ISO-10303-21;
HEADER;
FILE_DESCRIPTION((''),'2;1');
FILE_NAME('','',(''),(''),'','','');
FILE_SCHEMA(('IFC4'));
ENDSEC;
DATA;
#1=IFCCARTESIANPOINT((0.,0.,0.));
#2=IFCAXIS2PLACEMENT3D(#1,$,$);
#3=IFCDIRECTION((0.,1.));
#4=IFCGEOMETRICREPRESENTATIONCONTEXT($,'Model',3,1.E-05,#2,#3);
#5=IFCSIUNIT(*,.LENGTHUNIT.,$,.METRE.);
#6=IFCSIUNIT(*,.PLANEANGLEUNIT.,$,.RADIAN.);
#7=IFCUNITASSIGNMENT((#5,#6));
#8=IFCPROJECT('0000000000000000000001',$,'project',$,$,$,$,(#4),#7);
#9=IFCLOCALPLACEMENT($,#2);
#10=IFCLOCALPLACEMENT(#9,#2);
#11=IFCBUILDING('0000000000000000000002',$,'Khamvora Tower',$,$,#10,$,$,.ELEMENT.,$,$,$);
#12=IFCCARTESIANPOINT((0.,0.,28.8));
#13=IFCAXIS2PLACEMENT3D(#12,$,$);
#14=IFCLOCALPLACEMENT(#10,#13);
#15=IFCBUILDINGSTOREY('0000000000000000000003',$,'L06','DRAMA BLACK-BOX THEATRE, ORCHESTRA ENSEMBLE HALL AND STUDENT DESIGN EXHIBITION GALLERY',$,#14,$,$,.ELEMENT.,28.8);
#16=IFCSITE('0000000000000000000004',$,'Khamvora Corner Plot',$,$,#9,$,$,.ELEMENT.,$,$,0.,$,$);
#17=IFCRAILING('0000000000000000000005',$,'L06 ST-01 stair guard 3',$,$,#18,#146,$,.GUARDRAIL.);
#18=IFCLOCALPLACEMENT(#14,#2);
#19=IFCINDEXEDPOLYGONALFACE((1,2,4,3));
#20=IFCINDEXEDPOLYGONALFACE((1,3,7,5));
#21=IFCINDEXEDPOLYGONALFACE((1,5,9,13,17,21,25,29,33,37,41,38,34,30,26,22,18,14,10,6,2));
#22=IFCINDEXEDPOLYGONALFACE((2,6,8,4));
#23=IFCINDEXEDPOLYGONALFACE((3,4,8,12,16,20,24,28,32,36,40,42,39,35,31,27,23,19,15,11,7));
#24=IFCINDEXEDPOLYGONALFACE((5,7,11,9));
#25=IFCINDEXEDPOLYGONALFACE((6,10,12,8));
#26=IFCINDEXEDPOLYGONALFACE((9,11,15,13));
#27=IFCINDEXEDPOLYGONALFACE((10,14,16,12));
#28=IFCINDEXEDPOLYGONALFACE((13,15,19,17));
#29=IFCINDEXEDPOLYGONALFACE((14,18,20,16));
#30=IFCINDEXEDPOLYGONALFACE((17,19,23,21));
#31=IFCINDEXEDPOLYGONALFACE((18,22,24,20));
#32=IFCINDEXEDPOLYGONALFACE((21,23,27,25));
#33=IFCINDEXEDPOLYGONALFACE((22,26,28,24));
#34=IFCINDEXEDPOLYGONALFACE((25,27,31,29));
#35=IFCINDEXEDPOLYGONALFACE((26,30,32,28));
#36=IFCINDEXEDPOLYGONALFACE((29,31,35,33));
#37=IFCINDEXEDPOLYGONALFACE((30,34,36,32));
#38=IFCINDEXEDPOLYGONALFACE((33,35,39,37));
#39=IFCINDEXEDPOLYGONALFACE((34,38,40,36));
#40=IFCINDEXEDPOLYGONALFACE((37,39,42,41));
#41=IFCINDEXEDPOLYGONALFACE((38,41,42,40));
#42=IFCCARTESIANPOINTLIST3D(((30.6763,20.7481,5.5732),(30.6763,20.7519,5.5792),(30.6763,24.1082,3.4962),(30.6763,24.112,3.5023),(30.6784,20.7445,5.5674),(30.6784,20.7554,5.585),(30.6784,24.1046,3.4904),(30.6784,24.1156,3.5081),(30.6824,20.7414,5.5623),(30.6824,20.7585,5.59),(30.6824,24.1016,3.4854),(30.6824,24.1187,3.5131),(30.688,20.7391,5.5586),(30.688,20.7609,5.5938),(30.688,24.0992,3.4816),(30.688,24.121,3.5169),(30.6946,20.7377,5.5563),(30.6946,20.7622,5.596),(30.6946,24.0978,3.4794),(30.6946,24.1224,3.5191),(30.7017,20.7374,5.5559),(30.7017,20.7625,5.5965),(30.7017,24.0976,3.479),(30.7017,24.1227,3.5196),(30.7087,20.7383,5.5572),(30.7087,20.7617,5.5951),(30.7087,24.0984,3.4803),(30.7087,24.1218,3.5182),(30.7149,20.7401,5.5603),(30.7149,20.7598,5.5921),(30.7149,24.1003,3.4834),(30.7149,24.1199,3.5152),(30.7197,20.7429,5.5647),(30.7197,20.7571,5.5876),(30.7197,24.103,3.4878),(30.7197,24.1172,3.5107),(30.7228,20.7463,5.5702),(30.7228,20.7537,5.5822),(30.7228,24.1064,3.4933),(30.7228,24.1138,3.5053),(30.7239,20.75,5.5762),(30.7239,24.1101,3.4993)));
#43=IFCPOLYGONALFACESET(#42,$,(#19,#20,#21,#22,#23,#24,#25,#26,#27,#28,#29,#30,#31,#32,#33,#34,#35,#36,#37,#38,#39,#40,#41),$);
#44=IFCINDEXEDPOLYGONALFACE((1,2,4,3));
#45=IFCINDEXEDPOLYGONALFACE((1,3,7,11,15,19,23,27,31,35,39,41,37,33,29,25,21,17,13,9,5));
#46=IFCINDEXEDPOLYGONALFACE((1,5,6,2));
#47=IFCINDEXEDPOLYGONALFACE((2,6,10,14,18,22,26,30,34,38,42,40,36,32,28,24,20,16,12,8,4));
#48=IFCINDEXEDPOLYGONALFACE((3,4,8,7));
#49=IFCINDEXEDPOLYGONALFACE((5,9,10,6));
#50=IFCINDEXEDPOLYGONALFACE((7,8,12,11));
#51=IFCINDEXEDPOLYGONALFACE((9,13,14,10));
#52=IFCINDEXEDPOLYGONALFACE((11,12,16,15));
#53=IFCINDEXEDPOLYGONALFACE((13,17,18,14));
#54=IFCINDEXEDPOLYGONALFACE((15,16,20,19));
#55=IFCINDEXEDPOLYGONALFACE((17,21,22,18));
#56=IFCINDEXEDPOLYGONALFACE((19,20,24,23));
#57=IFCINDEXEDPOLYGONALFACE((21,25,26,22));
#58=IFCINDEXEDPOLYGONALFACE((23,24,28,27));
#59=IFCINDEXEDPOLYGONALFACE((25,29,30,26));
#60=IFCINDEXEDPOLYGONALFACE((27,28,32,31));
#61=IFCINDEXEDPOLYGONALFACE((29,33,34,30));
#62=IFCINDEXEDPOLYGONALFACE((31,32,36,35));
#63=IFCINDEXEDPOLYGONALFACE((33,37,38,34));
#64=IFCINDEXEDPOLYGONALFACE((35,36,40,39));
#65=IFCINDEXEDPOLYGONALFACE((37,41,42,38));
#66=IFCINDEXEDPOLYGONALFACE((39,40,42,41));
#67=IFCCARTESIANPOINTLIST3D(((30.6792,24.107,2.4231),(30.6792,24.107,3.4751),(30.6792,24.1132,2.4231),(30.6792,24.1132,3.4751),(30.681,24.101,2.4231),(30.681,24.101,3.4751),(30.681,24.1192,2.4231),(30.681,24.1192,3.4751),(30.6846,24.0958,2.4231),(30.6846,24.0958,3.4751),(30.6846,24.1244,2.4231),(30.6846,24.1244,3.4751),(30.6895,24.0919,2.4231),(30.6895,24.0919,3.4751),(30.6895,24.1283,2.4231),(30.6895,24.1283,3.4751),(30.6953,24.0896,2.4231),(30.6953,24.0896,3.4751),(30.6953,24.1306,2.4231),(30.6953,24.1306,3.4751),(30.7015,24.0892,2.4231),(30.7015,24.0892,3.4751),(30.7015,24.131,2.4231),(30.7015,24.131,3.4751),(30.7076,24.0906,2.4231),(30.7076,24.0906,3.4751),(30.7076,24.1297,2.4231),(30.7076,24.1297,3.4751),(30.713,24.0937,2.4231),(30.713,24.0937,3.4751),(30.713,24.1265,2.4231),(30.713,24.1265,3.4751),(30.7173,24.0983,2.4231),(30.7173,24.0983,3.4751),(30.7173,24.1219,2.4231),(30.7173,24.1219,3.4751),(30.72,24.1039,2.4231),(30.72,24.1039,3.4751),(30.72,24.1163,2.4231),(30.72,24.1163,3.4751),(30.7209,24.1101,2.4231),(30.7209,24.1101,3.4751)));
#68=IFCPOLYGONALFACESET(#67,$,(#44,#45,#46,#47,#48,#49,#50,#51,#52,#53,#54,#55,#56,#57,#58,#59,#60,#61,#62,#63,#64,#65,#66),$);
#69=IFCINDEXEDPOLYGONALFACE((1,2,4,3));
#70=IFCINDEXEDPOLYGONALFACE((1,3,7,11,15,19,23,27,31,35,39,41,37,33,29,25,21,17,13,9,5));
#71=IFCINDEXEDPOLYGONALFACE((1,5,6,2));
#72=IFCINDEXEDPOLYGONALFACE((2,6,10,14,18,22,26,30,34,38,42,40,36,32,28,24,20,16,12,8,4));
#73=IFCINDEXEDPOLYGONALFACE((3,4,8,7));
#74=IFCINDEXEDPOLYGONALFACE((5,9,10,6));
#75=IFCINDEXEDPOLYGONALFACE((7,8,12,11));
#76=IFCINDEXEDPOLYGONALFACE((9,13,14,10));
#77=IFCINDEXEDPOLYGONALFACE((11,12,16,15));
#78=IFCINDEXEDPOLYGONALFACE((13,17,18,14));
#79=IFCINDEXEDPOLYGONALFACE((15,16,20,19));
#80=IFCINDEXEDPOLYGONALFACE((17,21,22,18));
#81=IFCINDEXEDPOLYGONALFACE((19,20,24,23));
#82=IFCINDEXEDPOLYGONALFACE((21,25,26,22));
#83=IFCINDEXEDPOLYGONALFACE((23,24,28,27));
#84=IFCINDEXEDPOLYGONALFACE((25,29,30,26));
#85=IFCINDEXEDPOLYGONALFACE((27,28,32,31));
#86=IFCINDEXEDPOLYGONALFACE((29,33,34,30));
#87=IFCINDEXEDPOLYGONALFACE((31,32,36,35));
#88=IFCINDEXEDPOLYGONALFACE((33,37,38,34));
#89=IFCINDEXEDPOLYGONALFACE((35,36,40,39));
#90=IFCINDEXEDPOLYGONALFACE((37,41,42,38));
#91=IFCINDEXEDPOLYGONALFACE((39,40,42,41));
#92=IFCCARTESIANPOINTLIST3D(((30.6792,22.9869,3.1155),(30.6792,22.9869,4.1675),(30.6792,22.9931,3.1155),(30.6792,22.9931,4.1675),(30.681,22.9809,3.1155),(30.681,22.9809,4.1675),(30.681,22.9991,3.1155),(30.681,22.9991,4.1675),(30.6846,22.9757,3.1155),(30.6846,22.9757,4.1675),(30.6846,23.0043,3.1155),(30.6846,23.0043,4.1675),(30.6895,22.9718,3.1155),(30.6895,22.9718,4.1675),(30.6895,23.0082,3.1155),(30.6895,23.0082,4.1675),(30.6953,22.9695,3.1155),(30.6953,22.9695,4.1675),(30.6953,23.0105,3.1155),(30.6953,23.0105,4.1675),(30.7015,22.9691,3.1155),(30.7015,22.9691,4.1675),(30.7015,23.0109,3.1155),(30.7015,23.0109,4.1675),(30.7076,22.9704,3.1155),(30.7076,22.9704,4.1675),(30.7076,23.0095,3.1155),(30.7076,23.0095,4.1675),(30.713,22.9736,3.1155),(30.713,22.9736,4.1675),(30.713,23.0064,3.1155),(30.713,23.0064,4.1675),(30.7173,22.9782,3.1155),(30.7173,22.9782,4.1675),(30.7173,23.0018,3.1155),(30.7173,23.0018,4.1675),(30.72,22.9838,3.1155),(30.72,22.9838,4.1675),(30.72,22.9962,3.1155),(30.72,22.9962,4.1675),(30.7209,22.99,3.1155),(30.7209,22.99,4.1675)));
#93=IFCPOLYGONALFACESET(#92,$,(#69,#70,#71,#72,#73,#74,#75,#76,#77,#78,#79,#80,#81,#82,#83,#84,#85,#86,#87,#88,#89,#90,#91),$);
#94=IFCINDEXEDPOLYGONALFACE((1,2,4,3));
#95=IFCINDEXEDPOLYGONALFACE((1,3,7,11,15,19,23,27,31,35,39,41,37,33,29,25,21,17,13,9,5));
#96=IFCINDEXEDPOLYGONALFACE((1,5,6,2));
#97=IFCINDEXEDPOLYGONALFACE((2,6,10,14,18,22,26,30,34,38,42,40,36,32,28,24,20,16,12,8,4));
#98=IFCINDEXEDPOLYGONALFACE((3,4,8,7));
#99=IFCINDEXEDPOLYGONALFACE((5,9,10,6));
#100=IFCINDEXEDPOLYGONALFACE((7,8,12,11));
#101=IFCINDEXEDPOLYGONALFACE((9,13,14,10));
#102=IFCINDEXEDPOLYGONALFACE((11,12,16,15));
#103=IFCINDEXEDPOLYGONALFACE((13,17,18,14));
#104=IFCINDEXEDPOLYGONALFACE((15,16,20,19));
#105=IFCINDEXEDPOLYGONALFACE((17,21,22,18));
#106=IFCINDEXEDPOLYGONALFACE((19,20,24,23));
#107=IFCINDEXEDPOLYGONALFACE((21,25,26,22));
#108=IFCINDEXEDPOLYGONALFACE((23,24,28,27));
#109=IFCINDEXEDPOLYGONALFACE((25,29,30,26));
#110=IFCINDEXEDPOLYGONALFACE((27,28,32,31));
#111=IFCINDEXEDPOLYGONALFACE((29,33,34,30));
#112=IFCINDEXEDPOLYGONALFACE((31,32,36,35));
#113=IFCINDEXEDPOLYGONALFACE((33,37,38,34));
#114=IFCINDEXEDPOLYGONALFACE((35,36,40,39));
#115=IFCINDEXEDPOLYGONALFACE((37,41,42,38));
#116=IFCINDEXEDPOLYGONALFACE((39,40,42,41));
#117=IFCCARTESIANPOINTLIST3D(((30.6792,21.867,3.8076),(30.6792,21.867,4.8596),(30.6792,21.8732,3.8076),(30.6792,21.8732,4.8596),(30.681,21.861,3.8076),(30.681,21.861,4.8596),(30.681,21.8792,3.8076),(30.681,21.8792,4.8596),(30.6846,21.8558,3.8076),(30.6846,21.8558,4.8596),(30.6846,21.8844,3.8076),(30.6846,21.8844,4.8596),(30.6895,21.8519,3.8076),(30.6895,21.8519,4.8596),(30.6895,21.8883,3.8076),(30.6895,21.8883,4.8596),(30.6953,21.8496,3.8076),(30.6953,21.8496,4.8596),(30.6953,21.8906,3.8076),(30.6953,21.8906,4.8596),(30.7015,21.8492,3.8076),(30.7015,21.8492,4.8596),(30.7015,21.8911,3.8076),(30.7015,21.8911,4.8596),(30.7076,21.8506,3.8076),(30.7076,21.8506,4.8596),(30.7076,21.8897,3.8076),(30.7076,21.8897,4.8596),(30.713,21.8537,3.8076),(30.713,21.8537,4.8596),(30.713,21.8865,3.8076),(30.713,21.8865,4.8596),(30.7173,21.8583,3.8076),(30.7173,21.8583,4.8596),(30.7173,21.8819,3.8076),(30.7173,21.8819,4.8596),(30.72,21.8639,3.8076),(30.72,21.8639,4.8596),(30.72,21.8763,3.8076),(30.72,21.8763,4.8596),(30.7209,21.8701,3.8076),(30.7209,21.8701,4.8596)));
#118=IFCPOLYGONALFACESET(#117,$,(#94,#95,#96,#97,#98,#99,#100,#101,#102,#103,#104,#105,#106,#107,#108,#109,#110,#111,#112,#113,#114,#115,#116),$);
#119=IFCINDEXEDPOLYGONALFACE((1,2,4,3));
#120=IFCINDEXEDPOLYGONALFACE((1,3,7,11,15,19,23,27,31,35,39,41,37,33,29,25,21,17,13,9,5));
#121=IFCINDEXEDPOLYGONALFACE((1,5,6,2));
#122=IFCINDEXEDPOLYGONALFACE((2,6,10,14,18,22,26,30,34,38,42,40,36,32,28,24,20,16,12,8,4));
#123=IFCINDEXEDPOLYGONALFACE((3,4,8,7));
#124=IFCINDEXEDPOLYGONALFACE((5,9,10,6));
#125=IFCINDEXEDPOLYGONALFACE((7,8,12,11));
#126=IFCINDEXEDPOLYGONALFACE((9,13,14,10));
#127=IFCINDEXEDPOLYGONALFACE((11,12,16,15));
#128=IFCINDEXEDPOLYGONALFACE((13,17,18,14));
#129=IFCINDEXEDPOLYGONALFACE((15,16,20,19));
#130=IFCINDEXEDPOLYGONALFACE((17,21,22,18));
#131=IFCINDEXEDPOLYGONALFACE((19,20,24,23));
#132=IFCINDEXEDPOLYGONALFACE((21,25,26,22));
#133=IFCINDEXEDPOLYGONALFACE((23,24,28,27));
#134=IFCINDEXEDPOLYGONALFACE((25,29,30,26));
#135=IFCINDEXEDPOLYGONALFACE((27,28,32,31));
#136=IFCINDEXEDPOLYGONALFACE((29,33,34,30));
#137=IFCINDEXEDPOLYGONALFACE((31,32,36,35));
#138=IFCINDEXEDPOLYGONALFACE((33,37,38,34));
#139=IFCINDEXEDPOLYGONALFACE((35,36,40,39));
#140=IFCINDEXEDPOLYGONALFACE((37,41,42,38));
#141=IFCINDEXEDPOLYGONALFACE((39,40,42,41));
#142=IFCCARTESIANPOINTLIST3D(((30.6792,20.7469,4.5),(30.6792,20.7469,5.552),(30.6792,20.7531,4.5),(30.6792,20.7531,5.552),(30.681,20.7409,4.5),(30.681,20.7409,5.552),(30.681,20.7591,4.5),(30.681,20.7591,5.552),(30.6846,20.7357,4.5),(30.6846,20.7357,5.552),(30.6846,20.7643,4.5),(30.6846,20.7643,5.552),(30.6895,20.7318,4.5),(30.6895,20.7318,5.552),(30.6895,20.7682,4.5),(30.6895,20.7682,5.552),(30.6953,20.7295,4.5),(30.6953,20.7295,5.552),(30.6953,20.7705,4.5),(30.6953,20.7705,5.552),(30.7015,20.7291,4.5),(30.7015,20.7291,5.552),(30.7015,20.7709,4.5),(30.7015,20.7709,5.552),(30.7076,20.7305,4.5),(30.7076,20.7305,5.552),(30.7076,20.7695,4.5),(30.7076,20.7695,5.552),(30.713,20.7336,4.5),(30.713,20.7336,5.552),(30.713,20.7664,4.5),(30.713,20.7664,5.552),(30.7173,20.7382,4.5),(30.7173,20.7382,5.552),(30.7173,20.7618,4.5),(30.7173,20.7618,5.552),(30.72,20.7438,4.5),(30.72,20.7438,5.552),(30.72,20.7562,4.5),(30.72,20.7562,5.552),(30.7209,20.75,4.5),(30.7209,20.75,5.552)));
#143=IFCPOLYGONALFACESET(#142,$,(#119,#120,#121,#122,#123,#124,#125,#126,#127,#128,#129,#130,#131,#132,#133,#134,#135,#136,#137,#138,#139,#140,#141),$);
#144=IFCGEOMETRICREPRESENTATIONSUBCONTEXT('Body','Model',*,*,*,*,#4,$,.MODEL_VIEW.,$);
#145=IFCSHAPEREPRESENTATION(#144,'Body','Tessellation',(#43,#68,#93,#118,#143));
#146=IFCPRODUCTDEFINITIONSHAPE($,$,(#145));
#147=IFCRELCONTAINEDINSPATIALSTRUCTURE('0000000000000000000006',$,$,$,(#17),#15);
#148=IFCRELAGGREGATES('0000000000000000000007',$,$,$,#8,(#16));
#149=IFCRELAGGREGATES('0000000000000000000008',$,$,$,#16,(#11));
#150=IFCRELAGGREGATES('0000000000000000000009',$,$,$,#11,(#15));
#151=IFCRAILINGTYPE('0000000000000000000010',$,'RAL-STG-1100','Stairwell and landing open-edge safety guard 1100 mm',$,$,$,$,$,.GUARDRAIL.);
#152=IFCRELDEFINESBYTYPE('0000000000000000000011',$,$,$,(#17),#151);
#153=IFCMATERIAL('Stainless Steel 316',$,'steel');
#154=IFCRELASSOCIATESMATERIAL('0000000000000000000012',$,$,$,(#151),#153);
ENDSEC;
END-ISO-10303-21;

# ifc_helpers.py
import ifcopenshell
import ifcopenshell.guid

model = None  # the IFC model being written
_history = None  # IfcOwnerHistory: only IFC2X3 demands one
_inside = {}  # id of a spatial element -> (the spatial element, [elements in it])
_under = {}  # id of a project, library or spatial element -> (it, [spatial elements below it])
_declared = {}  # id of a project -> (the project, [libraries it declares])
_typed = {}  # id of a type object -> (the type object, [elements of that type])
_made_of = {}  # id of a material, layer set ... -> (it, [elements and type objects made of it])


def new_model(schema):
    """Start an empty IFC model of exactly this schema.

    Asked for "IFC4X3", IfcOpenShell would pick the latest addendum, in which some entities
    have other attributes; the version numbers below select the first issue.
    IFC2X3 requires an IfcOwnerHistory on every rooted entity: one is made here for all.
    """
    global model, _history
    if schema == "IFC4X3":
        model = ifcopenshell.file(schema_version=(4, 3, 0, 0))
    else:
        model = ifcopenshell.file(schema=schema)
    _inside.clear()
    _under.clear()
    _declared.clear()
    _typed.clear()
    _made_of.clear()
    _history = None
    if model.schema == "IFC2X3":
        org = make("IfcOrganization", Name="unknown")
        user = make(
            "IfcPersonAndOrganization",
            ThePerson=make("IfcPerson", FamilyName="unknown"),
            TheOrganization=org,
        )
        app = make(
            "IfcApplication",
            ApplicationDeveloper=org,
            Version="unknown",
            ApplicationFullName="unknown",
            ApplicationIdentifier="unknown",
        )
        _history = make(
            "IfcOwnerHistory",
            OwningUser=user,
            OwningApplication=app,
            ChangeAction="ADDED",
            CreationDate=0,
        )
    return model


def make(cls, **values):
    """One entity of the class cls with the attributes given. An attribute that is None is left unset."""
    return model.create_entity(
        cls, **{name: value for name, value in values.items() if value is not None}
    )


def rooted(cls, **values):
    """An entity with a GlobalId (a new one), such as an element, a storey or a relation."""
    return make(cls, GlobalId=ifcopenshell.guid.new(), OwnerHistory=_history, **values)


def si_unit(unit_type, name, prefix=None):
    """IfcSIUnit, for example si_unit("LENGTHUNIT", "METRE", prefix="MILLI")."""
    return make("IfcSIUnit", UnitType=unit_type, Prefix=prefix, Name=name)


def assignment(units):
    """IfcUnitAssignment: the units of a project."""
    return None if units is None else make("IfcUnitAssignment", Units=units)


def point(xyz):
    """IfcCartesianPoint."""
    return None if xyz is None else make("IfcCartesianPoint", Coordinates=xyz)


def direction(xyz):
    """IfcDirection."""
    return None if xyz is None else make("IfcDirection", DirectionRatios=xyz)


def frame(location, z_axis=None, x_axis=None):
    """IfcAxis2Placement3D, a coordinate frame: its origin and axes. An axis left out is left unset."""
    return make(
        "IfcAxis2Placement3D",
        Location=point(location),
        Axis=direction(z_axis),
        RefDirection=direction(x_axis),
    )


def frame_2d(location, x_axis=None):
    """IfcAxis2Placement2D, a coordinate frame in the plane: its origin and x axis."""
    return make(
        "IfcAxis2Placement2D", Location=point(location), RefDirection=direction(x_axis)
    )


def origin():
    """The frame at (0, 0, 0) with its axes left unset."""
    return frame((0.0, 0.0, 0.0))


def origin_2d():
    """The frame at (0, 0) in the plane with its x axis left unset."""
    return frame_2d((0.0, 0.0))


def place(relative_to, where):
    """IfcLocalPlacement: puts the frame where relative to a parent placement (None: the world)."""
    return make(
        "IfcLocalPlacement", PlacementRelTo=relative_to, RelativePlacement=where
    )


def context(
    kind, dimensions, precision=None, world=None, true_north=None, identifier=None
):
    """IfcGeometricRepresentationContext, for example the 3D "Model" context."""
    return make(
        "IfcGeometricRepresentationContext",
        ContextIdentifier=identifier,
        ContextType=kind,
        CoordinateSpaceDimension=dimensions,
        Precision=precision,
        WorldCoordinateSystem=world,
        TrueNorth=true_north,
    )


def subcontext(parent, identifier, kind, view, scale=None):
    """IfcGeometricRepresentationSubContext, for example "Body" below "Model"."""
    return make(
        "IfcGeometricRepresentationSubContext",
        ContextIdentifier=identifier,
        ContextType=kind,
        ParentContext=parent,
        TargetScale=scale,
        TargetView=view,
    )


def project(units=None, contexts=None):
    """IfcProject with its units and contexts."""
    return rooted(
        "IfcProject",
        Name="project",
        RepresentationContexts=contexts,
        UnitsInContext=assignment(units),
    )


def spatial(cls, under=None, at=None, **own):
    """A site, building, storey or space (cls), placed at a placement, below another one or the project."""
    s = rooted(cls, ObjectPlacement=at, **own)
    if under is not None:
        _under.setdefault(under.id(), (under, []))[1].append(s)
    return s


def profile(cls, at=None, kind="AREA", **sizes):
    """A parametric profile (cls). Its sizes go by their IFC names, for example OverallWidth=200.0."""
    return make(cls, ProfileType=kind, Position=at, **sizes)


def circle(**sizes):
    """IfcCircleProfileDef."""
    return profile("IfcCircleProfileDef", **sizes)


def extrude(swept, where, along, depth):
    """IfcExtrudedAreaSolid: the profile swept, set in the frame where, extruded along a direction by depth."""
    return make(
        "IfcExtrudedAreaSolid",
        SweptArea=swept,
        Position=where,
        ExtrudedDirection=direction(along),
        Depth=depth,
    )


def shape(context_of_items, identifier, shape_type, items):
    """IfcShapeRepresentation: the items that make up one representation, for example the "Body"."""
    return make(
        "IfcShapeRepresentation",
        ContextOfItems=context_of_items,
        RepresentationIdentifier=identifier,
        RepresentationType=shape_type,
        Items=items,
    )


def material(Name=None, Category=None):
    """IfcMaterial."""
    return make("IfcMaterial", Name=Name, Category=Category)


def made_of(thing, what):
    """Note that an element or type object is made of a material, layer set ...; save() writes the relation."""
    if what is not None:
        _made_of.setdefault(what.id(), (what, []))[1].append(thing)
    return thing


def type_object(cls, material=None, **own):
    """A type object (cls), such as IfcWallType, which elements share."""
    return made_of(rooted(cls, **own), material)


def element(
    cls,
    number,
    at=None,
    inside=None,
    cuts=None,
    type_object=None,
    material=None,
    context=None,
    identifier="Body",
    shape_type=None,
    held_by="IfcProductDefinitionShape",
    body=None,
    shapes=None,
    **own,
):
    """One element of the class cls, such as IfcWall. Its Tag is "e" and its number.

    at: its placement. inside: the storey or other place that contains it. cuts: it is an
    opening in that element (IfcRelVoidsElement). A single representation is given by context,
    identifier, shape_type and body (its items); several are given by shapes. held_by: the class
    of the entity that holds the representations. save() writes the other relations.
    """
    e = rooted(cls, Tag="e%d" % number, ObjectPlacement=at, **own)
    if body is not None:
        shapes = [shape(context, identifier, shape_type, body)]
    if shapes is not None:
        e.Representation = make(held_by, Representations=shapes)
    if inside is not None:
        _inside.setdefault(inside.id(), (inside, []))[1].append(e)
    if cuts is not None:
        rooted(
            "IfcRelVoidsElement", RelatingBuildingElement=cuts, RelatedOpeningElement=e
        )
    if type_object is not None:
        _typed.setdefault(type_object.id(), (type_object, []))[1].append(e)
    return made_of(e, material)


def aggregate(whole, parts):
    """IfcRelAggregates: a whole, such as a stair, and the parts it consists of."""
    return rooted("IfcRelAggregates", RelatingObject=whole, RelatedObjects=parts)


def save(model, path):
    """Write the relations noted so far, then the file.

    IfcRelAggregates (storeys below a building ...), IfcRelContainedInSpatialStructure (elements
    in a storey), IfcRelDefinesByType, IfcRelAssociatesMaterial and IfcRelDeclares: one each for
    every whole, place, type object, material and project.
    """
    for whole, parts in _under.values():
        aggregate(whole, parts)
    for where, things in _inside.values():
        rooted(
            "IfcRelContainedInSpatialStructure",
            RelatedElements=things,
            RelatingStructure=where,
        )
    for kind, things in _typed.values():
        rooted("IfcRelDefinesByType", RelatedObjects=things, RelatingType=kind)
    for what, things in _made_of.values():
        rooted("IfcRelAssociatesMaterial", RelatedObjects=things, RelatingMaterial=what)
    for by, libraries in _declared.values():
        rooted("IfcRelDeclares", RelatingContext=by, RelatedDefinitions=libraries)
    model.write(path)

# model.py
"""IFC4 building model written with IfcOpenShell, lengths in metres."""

from ifc_helpers import new_model, si_unit, direction, frame, origin, origin_2d, place, context, subcontext, project, spatial, circle, extrude, material, type_object, element, save


model = new_model("IFC4")

# Units and contexts
model_context = context("Model", 3, precision=1e-05, world=origin(), true_north=direction((0.0, 1.0)))
body_context = subcontext(model_context, "Body", "Model", "MODEL_VIEW")
ifc_project = project(units=[si_unit("LENGTHUNIT", "METRE"), si_unit("PLANEANGLEUNIT", "RADIAN")], contexts=[model_context])

# Site, building, storey
site_placement = place(None, origin())
site = spatial("IfcSite", under=ifc_project, at=site_placement, Name="Khamvora Corner Plot", CompositionType="ELEMENT", RefElevation=0.0)
building_placement = place(site_placement, origin())
building = spatial("IfcBuilding", under=site, at=building_placement, Name="Khamvora Tower", CompositionType="ELEMENT")
storey_placement = place(building_placement, frame((0.0, 0.0, 28.8)))
storey = spatial("IfcBuildingStorey", under=building, at=storey_placement, Name="L06", Description="DRAMA BLACK-BOX THEATRE, ORCHESTRA ENSEMBLE HALL AND STUDENT DESIGN EXHIBITION GALLERY", CompositionType="ELEMENT", Elevation=28.8)

# Railing
ifc_material_1 = material(Name="Stainless Steel 316", Category="steel")
railing_type_1 = type_object("IfcRailingType", Name="RAL-STG-1100", Description="Stairwell and landing open-edge safety guard 1100 mm", PredefinedType="GUARDRAIL", material=ifc_material_1)
railing_1_placement = place(storey_placement, frame((30.7, 24.1101, 2.4231)))
element("IfcRailing", 1, at=railing_1_placement, inside=storey, type_object=railing_type_1, Name="L06 ST-01 stair guard 3", PredefinedType="GUARDRAIL", context=body_context, shape_type="SweptSolid", body=[
    extrude(circle(Radius=0.0239, at=origin_2d()), frame((0.0, 0.0, 1.0762), z_axis=(0.0, -0.850623, 0.525776), x_axis=(1.0, 0.0, 0.0)), (0.0, 0.0, 1.0), 3.9502),
    extrude(circle(Radius=0.021, at=origin_2d()), origin(), (0.0, 0.0, 1.0), 1.052),
    extrude(circle(Radius=0.021, at=origin_2d()), frame((0.0, -1.1201, 0.6924)), (0.0, 0.0, 1.0), 1.052),
    extrude(circle(Radius=0.021, at=origin_2d()), frame((0.0, -2.24, 1.3845)), (0.0, 0.0, 1.0), 1.052),
    extrude(circle(Radius=0.021, at=origin_2d()), frame((0.0, -3.3601, 2.0769)), (0.0, 0.0, 1.0), 1.052),
])

save(model, "model.ifc")
